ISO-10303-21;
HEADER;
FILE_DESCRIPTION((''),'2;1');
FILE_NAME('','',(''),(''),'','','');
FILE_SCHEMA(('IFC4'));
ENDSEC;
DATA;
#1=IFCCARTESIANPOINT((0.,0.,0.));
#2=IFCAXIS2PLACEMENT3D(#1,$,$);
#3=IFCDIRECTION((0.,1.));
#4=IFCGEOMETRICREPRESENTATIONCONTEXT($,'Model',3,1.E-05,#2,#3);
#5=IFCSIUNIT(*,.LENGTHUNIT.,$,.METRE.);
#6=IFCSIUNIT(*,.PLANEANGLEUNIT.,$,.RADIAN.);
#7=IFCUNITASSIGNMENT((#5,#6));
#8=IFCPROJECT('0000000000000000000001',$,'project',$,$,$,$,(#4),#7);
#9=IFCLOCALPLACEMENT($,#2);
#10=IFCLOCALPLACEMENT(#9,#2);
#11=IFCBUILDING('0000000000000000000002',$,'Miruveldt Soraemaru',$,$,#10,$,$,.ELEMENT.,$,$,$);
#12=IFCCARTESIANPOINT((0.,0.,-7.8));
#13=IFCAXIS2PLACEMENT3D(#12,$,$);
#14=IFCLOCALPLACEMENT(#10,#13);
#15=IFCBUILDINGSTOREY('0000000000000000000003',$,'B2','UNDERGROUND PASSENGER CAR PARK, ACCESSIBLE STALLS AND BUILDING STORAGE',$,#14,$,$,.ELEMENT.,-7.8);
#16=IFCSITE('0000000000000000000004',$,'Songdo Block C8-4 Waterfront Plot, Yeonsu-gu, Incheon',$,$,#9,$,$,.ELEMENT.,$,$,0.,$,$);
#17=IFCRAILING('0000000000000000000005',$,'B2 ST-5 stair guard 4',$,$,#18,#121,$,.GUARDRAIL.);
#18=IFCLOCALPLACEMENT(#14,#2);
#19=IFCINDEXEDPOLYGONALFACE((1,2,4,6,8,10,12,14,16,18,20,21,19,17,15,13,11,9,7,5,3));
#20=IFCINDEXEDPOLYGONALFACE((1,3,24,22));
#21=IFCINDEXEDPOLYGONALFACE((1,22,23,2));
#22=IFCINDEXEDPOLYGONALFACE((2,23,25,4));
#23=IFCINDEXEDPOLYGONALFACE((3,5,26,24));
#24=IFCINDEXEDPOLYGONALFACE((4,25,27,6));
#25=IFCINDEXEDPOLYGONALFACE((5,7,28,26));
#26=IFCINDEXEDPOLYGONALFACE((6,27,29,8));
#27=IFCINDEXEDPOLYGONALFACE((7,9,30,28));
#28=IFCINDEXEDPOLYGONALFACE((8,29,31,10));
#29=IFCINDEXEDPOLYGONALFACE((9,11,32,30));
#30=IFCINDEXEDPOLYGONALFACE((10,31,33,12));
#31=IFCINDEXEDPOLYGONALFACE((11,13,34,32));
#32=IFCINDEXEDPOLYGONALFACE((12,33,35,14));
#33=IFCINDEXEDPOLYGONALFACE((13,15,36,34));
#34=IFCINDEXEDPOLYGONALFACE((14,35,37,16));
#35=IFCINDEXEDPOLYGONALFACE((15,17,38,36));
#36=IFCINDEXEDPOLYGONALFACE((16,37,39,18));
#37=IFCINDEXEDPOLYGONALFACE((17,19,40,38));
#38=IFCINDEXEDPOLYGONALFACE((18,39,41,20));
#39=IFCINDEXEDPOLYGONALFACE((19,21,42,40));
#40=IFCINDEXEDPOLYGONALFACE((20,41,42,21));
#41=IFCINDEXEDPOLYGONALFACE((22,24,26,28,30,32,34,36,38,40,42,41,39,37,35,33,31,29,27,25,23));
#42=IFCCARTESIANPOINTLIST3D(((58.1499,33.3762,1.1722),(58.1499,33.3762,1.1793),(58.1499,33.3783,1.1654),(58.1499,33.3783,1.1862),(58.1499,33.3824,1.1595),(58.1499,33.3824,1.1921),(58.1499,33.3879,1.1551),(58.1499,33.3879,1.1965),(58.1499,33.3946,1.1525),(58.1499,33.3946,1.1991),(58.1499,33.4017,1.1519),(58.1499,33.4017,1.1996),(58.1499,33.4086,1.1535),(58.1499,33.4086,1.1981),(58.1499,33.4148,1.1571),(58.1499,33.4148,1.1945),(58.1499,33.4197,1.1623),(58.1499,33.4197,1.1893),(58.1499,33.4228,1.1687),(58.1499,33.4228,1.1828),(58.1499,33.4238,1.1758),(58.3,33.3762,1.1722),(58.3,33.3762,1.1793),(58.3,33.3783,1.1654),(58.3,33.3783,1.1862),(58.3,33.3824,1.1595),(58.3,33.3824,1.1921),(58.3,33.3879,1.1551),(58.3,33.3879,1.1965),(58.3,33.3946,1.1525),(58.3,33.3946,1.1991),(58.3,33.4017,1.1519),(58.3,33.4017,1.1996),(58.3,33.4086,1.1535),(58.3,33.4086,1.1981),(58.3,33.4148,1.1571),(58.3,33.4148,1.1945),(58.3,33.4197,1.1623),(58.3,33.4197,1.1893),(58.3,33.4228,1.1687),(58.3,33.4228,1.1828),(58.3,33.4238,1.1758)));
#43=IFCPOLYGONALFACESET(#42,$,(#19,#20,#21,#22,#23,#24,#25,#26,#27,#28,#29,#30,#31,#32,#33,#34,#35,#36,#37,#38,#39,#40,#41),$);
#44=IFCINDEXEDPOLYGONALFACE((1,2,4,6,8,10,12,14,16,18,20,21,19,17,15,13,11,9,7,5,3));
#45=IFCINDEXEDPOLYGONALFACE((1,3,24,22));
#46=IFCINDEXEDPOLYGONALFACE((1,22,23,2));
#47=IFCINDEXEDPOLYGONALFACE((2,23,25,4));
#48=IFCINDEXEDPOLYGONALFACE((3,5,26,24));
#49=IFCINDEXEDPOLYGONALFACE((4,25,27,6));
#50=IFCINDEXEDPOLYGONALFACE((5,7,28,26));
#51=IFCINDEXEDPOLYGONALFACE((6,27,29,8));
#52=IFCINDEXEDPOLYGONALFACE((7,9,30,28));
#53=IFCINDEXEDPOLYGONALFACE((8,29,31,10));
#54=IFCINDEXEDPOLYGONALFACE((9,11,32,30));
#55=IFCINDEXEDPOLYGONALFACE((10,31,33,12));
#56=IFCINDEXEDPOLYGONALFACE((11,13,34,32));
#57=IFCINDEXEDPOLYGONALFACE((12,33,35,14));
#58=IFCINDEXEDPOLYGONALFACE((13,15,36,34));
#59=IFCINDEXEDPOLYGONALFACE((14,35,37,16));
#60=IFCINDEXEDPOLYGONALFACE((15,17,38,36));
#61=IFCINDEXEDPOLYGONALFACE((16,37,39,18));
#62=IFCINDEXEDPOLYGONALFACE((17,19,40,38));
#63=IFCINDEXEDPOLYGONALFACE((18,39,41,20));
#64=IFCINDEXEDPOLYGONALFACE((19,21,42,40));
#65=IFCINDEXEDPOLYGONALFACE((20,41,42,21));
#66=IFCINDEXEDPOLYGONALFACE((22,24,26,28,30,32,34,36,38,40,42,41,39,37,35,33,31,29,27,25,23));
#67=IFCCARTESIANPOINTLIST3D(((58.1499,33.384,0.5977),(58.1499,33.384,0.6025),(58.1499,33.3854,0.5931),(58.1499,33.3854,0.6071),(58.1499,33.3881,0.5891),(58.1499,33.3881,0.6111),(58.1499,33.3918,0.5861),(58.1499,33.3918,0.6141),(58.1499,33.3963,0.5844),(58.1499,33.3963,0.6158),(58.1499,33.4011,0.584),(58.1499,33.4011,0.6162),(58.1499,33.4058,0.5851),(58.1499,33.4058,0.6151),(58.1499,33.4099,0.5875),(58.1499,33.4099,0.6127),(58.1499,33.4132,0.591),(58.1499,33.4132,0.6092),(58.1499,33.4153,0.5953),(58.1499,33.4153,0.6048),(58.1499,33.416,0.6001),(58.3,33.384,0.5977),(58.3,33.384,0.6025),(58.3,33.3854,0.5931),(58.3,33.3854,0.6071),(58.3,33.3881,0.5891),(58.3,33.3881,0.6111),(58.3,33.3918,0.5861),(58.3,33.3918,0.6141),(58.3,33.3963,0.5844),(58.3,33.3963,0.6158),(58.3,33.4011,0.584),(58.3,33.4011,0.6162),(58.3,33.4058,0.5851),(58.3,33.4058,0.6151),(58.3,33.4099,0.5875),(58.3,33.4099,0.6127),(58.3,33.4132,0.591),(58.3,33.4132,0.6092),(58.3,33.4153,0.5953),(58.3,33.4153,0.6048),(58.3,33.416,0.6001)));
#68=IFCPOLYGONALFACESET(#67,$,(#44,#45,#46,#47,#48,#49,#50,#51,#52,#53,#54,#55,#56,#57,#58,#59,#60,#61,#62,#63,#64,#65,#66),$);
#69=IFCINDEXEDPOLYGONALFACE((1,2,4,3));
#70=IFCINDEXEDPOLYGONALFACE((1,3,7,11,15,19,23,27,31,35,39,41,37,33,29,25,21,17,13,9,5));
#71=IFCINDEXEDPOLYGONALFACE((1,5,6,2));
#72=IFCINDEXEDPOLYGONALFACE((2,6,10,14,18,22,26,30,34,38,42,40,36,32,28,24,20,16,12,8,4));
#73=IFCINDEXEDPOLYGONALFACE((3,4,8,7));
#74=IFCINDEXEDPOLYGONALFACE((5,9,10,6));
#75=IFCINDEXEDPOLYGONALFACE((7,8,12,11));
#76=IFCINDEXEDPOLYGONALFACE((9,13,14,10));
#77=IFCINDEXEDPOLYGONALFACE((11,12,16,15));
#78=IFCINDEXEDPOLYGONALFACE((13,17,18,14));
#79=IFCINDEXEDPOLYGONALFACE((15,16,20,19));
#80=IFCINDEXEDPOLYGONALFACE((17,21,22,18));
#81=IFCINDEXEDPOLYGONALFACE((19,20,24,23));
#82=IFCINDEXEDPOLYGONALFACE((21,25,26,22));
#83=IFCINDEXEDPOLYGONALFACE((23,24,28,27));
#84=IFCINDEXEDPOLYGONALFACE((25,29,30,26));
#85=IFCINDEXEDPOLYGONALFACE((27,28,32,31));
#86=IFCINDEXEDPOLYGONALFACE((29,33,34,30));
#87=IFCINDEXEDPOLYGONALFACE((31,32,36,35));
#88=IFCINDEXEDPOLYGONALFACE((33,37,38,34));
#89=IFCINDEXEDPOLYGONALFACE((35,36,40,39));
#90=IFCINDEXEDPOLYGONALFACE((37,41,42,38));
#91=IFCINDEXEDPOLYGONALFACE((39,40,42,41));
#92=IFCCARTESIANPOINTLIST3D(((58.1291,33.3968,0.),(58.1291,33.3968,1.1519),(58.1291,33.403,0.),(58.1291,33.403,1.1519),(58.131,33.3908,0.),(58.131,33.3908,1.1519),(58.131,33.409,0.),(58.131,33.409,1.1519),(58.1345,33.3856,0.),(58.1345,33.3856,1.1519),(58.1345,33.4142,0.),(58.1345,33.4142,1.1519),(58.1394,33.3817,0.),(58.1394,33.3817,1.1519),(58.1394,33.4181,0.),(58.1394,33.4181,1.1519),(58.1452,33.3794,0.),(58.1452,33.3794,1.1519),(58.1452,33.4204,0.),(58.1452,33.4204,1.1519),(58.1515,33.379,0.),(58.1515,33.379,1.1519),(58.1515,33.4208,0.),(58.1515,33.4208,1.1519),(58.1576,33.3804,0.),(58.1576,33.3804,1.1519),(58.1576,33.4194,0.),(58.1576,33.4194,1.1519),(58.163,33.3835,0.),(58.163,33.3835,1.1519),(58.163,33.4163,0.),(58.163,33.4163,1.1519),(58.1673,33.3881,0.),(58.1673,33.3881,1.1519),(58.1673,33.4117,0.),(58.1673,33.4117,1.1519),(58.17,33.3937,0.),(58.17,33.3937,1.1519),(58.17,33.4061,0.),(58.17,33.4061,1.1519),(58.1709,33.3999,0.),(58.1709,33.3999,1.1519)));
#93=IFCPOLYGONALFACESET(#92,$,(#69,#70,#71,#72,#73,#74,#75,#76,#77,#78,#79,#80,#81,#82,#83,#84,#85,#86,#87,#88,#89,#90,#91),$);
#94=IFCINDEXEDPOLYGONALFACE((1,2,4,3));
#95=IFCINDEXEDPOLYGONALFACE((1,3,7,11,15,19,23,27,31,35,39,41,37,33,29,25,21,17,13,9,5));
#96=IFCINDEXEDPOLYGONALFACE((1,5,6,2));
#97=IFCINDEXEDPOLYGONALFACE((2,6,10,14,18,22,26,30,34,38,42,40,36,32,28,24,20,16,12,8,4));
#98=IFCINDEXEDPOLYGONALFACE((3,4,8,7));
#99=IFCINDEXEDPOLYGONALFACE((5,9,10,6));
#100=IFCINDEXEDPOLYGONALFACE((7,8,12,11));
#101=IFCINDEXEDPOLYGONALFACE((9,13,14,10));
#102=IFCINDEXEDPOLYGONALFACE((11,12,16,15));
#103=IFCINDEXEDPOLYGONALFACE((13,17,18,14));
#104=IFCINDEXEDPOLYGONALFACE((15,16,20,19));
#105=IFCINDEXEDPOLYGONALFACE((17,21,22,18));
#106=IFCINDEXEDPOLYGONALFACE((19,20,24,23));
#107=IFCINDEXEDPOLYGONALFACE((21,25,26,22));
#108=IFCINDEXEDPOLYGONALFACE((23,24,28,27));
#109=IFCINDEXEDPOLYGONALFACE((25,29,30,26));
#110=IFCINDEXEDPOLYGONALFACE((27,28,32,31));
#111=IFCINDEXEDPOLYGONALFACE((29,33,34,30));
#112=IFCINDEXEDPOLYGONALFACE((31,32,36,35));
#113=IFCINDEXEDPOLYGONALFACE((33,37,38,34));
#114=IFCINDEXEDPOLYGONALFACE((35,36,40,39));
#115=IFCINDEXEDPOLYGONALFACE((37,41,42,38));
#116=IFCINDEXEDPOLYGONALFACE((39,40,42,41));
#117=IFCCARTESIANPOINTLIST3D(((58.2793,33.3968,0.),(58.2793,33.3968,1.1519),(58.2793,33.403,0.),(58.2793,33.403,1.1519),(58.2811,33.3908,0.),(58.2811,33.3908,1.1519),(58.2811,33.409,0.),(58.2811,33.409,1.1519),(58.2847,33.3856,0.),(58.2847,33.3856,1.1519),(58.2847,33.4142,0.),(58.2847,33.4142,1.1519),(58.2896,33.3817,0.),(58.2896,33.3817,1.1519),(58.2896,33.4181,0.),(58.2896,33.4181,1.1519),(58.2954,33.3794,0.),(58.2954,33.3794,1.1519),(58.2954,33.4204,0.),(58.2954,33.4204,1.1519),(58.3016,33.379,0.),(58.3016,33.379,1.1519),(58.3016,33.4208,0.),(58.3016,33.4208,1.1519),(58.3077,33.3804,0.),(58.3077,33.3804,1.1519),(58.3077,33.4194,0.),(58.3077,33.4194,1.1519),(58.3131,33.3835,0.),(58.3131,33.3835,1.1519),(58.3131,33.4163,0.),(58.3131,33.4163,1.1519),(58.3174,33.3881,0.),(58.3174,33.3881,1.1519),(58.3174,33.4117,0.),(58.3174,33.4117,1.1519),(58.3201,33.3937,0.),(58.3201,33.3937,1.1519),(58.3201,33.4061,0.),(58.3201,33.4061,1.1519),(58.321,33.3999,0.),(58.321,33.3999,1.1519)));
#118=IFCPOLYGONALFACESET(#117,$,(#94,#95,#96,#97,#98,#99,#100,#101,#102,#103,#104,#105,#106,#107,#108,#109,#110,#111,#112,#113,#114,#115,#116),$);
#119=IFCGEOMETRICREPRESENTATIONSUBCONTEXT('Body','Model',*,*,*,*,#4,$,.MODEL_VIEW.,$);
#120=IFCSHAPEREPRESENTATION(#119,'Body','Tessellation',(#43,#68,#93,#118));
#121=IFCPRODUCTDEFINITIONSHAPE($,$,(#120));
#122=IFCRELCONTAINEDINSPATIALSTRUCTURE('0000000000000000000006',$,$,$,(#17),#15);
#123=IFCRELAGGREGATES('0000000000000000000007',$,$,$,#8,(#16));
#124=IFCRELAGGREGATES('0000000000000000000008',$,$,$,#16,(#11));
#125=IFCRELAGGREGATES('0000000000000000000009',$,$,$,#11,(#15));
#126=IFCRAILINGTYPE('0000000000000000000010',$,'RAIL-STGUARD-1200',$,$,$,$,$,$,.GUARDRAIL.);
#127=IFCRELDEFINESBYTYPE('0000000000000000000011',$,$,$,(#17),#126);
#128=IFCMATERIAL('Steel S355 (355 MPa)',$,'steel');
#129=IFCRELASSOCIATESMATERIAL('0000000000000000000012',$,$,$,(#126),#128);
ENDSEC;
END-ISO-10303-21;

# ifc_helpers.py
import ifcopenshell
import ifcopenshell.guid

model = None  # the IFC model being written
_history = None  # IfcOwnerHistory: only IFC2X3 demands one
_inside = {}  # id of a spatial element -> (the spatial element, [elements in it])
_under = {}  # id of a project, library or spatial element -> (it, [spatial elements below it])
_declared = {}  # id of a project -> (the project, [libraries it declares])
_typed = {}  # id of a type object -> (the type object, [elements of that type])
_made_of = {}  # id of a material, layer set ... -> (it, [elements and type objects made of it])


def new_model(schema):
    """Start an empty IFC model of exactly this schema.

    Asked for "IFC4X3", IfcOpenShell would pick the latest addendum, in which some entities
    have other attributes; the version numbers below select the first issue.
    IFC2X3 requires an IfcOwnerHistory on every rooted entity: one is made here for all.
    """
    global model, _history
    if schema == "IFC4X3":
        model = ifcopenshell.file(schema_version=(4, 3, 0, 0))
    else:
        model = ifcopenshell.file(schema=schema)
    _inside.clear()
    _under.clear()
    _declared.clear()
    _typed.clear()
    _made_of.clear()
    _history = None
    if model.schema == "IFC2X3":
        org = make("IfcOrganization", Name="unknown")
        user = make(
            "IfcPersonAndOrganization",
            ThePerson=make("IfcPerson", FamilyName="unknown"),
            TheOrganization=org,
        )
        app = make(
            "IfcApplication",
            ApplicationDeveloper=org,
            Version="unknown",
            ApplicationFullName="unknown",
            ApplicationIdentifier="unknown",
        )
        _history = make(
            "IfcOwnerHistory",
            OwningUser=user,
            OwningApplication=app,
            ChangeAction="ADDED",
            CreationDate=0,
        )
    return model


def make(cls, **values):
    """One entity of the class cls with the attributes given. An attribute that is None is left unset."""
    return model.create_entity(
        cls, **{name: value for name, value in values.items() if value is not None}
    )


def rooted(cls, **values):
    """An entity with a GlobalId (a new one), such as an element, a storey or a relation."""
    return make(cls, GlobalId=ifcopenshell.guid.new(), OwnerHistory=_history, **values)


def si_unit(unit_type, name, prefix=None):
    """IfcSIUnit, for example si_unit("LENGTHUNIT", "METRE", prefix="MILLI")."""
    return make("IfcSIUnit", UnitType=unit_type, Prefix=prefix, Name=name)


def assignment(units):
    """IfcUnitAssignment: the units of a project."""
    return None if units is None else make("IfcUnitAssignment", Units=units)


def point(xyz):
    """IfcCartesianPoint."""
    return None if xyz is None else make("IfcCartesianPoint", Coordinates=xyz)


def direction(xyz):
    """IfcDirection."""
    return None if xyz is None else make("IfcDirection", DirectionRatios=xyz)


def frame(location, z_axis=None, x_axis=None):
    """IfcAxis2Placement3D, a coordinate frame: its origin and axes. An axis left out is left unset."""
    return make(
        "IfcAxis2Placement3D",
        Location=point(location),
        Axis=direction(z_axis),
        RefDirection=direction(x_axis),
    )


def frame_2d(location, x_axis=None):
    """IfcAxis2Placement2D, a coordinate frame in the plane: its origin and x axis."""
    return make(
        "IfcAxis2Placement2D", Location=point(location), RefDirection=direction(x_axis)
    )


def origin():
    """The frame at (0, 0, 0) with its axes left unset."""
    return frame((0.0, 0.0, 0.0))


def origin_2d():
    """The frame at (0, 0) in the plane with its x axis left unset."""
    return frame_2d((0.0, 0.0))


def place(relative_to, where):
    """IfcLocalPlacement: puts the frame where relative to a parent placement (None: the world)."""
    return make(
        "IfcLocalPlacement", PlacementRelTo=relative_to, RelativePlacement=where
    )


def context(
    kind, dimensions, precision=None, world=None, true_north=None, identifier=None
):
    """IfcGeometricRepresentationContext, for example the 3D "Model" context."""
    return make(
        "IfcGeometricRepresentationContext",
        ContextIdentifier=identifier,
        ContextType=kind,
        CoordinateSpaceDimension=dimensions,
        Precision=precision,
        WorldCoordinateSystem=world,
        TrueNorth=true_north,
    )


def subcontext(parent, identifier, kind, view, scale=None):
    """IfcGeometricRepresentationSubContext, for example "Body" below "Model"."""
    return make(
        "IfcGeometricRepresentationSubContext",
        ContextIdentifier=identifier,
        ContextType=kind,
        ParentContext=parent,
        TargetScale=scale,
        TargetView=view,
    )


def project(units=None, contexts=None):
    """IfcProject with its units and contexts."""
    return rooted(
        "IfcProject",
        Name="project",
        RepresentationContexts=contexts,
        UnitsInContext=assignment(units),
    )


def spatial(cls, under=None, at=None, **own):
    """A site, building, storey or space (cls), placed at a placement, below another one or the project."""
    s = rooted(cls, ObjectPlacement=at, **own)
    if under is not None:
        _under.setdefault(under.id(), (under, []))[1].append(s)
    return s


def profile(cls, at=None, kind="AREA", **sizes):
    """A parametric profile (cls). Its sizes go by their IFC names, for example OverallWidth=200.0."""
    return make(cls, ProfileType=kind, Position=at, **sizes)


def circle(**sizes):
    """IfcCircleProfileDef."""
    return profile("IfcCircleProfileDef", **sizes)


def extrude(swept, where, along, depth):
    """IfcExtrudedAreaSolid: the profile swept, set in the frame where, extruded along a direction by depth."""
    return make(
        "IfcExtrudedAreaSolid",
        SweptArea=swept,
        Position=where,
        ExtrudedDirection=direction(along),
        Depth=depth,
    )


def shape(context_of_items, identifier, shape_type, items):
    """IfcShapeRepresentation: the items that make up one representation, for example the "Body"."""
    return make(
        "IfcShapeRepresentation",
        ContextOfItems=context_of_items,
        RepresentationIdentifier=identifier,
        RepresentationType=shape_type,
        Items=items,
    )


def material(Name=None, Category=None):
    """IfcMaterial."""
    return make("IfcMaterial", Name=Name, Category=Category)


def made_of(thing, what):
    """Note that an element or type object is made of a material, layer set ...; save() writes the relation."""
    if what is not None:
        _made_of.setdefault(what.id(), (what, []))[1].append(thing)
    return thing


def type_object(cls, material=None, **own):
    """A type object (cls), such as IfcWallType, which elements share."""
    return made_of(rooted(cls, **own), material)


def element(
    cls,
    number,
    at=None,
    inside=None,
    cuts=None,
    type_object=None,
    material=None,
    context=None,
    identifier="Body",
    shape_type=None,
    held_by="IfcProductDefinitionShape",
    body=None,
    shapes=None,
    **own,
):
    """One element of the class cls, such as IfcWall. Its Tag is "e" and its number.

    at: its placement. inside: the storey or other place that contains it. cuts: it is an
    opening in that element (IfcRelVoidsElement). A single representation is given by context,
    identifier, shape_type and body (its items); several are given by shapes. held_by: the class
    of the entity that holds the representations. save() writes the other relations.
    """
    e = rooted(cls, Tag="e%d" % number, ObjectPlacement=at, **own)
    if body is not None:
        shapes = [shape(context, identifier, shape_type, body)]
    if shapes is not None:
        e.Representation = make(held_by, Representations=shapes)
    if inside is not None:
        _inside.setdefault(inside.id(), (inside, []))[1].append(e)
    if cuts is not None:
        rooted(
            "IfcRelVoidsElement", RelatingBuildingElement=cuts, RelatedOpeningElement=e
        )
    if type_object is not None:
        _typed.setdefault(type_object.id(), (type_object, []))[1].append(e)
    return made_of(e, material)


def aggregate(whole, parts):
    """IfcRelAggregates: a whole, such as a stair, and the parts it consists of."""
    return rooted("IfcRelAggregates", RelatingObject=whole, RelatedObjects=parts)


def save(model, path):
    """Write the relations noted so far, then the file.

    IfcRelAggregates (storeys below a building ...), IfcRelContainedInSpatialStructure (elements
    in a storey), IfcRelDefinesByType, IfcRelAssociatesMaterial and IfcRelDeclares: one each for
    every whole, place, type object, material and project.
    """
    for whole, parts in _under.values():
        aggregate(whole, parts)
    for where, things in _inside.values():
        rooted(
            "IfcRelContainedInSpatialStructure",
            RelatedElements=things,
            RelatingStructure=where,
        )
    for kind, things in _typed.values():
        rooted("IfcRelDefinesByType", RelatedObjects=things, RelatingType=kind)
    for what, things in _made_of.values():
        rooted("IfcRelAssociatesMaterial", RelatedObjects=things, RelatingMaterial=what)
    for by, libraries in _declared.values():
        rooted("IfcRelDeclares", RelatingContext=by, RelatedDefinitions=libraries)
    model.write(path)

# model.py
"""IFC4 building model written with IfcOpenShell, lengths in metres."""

from ifc_helpers import new_model, si_unit, direction, frame, origin, origin_2d, place, context, subcontext, project, spatial, circle, extrude, material, type_object, element, save


model = new_model("IFC4")

# Units and contexts
model_context = context("Model", 3, precision=1e-05, world=origin(), true_north=direction((0.0, 1.0)))
body_context = subcontext(model_context, "Body", "Model", "MODEL_VIEW")
ifc_project = project(units=[si_unit("LENGTHUNIT", "METRE"), si_unit("PLANEANGLEUNIT", "RADIAN")], contexts=[model_context])

# Site, building, storey
site_placement = place(None, origin())
site = spatial("IfcSite", under=ifc_project, at=site_placement, Name="Songdo Block C8-4 Waterfront Plot, Yeonsu-gu, Incheon", CompositionType="ELEMENT", RefElevation=0.0)
building_placement = place(site_placement, origin())
building = spatial("IfcBuilding", under=site, at=building_placement, Name="Miruveldt Soraemaru", CompositionType="ELEMENT")
storey_placement = place(building_placement, frame((0.0, 0.0, -7.8)))
storey = spatial("IfcBuildingStorey", under=building, at=storey_placement, Name="B2", Description="UNDERGROUND PASSENGER CAR PARK, ACCESSIBLE STALLS AND BUILDING STORAGE", CompositionType="ELEMENT", Elevation=-7.8)

# Shared definitions
ifc_material_1 = material(Name="Steel S355 (355 MPa)", Category="steel")

# Railing
railing_type_1 = type_object("IfcRailingType", Name="RAIL-STGUARD-1200", PredefinedType="GUARDRAIL", material=ifc_material_1)
railing_1_placement = place(storey_placement, frame((58.1499, 33.3999, 0.0)))
element("IfcRailing", 1, at=railing_1_placement, inside=storey, type_object=railing_type_1, Name="B2 ST-5 stair guard 4", PredefinedType="GUARDRAIL", context=body_context, shape_type="SweptSolid", body=[
    extrude(circle(Radius=0.0239, at=origin_2d()), frame((0.0, 0.0, 1.1758), z_axis=(1.0, 0.0, 0.0), x_axis=(0.0, 1.0, 0.0)), (0.0, 0.0, 1.0), 0.1501),
    extrude(circle(Radius=0.0161, at=origin_2d()), frame((0.0, 0.0, 0.6001), z_axis=(1.0, 0.0, 0.0), x_axis=(0.0, 1.0, 0.0)), (0.0, 0.0, 1.0), 0.1501),
    extrude(circle(Radius=0.021, at=origin_2d()), origin(), (0.0, 0.0, 1.0), 1.1519),
    extrude(circle(Radius=0.021, at=origin_2d()), frame((0.1501, 0.0, 0.0)), (0.0, 0.0, 1.0), 1.1519),
])

save(model, "model.ifc")
